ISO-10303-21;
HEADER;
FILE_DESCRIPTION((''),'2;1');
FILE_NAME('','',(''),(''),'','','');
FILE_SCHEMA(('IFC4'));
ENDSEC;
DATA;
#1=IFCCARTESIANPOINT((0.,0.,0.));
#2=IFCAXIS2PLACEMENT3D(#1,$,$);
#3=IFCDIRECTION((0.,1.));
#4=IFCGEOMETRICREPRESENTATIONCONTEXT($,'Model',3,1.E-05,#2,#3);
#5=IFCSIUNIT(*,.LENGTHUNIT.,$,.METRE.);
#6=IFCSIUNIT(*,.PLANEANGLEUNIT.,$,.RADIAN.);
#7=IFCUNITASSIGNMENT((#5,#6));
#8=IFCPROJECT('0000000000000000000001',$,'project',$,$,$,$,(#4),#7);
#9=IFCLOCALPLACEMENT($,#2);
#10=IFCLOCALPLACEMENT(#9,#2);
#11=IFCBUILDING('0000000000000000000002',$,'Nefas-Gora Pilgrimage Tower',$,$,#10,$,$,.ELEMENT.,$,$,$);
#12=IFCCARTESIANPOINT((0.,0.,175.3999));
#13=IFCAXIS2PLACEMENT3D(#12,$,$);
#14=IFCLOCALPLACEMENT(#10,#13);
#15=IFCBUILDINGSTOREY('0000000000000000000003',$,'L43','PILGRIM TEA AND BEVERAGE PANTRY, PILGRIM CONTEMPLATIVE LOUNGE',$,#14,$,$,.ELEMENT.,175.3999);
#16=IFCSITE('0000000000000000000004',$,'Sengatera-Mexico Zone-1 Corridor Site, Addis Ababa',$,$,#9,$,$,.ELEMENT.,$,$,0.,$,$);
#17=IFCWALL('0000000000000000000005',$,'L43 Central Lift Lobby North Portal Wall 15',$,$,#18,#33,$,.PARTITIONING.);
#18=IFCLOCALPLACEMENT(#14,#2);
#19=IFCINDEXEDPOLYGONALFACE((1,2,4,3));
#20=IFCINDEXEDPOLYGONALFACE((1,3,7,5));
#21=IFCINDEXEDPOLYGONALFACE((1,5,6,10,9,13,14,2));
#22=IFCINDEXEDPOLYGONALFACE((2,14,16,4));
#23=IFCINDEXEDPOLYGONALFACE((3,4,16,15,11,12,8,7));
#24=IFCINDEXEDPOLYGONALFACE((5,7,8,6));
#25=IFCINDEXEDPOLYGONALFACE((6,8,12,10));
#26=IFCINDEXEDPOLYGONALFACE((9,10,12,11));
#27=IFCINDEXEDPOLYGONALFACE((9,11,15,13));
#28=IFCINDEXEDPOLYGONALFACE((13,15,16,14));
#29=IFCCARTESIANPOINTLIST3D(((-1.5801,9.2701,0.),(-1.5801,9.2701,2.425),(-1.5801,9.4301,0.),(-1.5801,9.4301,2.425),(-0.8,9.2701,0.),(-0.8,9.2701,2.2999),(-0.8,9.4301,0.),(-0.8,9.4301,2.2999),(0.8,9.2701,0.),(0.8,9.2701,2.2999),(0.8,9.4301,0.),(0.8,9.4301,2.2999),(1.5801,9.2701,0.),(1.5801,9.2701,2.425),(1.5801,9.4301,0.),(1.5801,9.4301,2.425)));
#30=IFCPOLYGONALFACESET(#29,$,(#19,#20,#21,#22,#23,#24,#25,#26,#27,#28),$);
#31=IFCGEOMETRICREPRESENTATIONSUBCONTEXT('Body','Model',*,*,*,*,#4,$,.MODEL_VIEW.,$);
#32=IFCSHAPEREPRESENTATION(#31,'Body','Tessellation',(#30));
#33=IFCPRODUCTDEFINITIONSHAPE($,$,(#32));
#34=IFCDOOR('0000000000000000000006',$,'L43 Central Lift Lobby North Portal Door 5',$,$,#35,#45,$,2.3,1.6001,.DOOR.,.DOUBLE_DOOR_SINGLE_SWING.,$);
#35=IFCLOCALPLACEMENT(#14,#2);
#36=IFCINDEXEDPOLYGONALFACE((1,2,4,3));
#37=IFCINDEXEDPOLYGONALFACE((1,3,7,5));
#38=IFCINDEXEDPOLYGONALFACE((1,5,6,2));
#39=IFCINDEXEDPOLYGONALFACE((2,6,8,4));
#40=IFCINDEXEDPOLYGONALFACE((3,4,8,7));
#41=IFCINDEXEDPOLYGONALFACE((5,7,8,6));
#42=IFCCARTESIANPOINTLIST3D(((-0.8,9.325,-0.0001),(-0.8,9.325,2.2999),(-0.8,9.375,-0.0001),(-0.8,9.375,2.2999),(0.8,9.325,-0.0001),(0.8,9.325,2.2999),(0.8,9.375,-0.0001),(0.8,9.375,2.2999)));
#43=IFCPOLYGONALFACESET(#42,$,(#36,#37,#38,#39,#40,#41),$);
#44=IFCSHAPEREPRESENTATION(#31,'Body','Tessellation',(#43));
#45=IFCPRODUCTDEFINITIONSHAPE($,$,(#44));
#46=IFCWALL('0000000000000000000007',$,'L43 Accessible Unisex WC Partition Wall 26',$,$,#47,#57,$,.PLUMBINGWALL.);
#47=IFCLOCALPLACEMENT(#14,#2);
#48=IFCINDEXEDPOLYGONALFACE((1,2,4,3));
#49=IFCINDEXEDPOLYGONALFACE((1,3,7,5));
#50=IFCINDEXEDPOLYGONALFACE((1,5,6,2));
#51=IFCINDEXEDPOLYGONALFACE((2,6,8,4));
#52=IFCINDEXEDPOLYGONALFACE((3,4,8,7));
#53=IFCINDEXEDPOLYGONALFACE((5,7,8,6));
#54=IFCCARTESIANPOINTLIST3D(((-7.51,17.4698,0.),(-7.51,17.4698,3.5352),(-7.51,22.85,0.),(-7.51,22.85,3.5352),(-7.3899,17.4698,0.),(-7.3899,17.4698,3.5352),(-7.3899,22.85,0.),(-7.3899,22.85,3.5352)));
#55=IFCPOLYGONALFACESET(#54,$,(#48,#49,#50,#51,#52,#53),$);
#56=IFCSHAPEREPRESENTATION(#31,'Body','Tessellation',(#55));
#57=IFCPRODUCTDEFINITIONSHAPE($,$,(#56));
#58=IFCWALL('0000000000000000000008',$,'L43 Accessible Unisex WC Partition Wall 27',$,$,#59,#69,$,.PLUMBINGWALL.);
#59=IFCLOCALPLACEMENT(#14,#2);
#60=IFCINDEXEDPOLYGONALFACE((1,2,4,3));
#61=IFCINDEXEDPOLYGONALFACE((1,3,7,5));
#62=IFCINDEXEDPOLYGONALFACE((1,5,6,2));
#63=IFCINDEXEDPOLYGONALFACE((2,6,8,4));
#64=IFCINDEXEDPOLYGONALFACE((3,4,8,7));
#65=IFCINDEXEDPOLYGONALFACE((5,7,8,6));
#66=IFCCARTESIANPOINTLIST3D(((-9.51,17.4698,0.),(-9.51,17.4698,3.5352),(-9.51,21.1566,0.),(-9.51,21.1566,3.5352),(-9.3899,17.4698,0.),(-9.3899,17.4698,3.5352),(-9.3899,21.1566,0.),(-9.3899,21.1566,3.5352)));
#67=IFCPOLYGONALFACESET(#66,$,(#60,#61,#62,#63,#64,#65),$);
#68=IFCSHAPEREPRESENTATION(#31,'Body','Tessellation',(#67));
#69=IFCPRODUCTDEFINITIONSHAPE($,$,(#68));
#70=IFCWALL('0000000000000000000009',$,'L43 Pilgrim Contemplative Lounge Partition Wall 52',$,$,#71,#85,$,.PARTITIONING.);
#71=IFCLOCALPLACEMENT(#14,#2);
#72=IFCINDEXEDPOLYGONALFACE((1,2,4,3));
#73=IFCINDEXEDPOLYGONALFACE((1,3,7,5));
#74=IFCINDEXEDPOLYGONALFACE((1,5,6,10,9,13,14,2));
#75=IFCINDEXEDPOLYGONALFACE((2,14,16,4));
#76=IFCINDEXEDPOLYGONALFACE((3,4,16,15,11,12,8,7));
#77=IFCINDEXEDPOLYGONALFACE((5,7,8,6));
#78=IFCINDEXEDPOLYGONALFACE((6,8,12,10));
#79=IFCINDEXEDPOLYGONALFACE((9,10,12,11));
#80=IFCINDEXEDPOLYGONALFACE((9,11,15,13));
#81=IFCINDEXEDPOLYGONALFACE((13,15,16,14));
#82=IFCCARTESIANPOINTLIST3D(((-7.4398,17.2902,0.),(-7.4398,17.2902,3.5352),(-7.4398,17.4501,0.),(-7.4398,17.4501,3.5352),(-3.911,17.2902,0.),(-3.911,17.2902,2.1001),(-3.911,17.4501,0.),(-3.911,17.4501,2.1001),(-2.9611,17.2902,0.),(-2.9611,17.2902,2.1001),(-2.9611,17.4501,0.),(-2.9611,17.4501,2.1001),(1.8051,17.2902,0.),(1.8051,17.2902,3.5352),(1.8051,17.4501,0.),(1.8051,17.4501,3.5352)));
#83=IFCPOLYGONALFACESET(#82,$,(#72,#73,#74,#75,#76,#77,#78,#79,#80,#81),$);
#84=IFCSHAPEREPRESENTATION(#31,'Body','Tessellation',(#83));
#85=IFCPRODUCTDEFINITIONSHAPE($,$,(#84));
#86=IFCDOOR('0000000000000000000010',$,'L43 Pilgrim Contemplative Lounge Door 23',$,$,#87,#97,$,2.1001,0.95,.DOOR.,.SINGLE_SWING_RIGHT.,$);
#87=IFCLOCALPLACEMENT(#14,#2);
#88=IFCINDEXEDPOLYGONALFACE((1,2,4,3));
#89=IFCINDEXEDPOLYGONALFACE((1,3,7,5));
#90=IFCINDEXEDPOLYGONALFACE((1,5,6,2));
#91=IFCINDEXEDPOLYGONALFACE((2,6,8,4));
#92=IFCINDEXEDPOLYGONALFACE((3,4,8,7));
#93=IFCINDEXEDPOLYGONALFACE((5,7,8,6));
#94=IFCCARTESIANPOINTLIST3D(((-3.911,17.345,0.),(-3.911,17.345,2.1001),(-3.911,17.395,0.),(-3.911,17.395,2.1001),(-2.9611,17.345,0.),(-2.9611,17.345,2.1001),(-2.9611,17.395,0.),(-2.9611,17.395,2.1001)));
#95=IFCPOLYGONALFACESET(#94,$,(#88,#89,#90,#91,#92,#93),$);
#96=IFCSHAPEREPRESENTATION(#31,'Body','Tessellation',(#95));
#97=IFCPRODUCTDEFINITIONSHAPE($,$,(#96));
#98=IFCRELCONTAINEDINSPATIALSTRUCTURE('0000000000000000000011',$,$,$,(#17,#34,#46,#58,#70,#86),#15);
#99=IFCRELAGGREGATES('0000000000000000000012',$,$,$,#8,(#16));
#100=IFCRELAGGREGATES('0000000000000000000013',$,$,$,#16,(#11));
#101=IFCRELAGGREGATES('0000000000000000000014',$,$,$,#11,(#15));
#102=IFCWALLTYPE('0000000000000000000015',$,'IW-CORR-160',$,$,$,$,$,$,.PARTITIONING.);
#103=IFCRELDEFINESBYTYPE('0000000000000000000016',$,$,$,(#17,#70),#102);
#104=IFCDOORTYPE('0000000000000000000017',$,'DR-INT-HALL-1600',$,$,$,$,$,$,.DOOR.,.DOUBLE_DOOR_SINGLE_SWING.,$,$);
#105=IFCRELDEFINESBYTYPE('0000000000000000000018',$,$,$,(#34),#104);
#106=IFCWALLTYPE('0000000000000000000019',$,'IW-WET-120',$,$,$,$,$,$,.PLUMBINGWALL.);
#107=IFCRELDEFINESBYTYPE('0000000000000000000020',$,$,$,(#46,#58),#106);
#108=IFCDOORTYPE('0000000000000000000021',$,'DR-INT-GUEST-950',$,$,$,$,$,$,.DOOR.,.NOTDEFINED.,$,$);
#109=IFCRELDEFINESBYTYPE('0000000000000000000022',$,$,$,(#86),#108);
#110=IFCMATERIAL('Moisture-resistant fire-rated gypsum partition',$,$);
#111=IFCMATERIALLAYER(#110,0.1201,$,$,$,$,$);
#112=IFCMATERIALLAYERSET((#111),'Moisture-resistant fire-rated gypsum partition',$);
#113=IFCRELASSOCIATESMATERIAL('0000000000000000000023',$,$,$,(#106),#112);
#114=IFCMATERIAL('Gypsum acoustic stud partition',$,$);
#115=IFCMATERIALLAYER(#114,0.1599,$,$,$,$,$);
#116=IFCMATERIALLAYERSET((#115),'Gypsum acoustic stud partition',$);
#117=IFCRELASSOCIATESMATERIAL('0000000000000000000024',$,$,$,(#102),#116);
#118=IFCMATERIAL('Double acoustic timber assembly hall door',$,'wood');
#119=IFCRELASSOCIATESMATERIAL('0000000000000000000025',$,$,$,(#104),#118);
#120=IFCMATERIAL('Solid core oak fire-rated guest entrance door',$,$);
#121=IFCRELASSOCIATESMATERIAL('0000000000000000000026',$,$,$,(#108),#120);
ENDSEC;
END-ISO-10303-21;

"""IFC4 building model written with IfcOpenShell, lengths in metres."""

from ifc_helpers import new_model, si_unit, direction, frame, frame_2d, origin, place, context, subcontext, project, spatial, rectangle, extrude, source, transform, mapped, material, layer, layer_set, type_object, element, fill, save


model = new_model("IFC4")

# Units and contexts
model_context = context("Model", 3, precision=1e-05, world=origin(), true_north=direction((0.0, 1.0)))
body_context = subcontext(model_context, "Body", "Model", "MODEL_VIEW")
ifc_project = project(units=[si_unit("LENGTHUNIT", "METRE"), si_unit("PLANEANGLEUNIT", "RADIAN")], contexts=[model_context])

# Site, building, storey
site_placement = place(None, origin())
site = spatial("IfcSite", under=ifc_project, at=site_placement, Name="Sengatera-Mexico Zone-1 Corridor Site, Addis Ababa", CompositionType="ELEMENT", RefElevation=0.0)
building_placement = place(site_placement, origin())
building = spatial("IfcBuilding", under=site, at=building_placement, Name="Nefas-Gora Pilgrimage Tower", CompositionType="ELEMENT")
storey_placement = place(building_placement, frame((0.0, 0.0, 175.3999)))
storey = spatial("IfcBuildingStorey", under=building, at=storey_placement, Name="L43", Description="PILGRIM TEA AND BEVERAGE PANTRY, PILGRIM CONTEMPLATIVE LOUNGE", CompositionType="ELEMENT", Elevation=175.3999)

# Wall, opening, door
ifc_material_1 = material(Name="Moisture-resistant fire-rated gypsum partition")
ifc_layer_1 = layer(ifc_material_1, 0.1201)
ifc_layer_set_1 = layer_set([ifc_layer_1], Name="Moisture-resistant fire-rated gypsum partition")
wall_type_1 = type_object("IfcWallType", Name="IW-WET-120", PredefinedType="PLUMBINGWALL", material=ifc_layer_set_1)
ifc_material_2 = material(Name="Gypsum acoustic stud partition")
ifc_layer_2 = layer(ifc_material_2, 0.1599)
ifc_layer_set_2 = layer_set([ifc_layer_2], Name="Gypsum acoustic stud partition")
wall_type_2 = type_object("IfcWallType", Name="IW-CORR-160", PredefinedType="PARTITIONING", material=ifc_layer_set_2)
shared_shape_1 = source(origin(), body_context, "Body", "SweptSolid", [
    extrude(rectangle(XDim=3.1602, YDim=0.1599, at=frame_2d((1.5801, 0.0))), origin(), (0.0, 0.0, 1.0), 2.425),
])
wall_1_placement = place(storey_placement, frame((-1.5801, 9.3501, 0.0), z_axis=(0.0, 0.0, 1.0), x_axis=(1.0, 0.0, 0.0)))
wall_1 = element("IfcWall", 1, at=wall_1_placement, inside=storey, type_object=wall_type_2, Name="L43 Central Lift Lobby North Portal Wall 15", PredefinedType="PARTITIONING", context=body_context, shape_type="MappedRepresentation", body=[
    mapped(shared_shape_1, transform((0.0, 0.0, 0.0), x_axis=(1.0, 0.0, 0.0), y_axis=(0.0, 1.0, 0.0), z_axis=(0.0, 0.0, 1.0), scale=1.0)),
])
opening_1_placement = place(wall_1_placement, frame((0.78, 0.0, 0.0)))
opening_1 = element("IfcOpeningElement", 2, at=opening_1_placement, cuts=wall_1, PredefinedType="OPENING", context=body_context, shape_type="SweptSolid", body=[
    extrude(rectangle(XDim=1.6001, YDim=2.3, at=frame_2d((0.8, 1.1499))), frame((0.0, 0.0898, 0.0), z_axis=(0.0, -1.0, 0.0), x_axis=(1.0, 0.0, 0.0)), (0.0, 0.0, 1.0), 0.1799),
])
ifc_material_3 = material(Name="Double acoustic timber assembly hall door", Category="wood")
door_type_1 = type_object("IfcDoorType", Name="DR-INT-HALL-1600", OperationType="DOUBLE_DOOR_SINGLE_SWING", PredefinedType="DOOR", material=ifc_material_3)
shared_shape_2 = source(origin(), body_context, "Body", "SweptSolid", [
    extrude(rectangle(XDim=1.6001, YDim=2.3, at=frame_2d((0.8, 1.1499))), frame((0.0, 0.0249, 0.0), z_axis=(0.0, -1.0, 0.0), x_axis=(1.0, 0.0, 0.0)), (0.0, 0.0, 1.0), 0.05),
])
door_1_placement = place(opening_1_placement, origin())
door_1 = element("IfcDoor", 3, at=door_1_placement, inside=storey, type_object=door_type_1, Name="L43 Central Lift Lobby North Portal Door 5", OperationType="DOUBLE_DOOR_SINGLE_SWING", OverallHeight=2.3, OverallWidth=1.6001, PredefinedType="DOOR", context=body_context, shape_type="MappedRepresentation", body=[
    mapped(shared_shape_2, transform((0.0, 0.0, 0.0), x_axis=(1.0, 0.0, 0.0), y_axis=(0.0, 1.0, 0.0), z_axis=(0.0, 0.0, 1.0), scale=1.0)),
])
fill(opening_1, door_1)

# Walls
shared_shape_3 = source(origin(), body_context, "Body", "SweptSolid", [
    extrude(rectangle(XDim=5.3801, YDim=0.1201, at=frame_2d((2.6899, 0.0))), origin(), (0.0, 0.0, 1.0), 3.5352),
])
wall_2_placement = place(storey_placement, frame((-7.45, 17.47, 0.0), z_axis=(0.0, 0.0, 1.0), x_axis=(0.0, 1.0, 0.0)))
element("IfcWall", 4, at=wall_2_placement, inside=storey, type_object=wall_type_1, Name="L43 Accessible Unisex WC Partition Wall 26", PredefinedType="PLUMBINGWALL", context=body_context, shape_type="MappedRepresentation", body=[
    mapped(shared_shape_3, transform((0.0, 0.0, 0.0), x_axis=(1.0, 0.0, 0.0), y_axis=(0.0, 1.0, 0.0), z_axis=(0.0, 0.0, 1.0), scale=1.0)),
])
shared_shape_4 = source(origin(), body_context, "Body", "SweptSolid", [
    extrude(rectangle(XDim=3.6868, YDim=0.1201, at=frame_2d((1.8433, 0.0))), origin(), (0.0, 0.0, 1.0), 3.5352),
])
wall_3_placement = place(storey_placement, frame((-9.45, 17.47, 0.0), z_axis=(0.0, 0.0, 1.0), x_axis=(0.0, 1.0, 0.0)))
element("IfcWall", 5, at=wall_3_placement, inside=storey, type_object=wall_type_1, Name="L43 Accessible Unisex WC Partition Wall 27", PredefinedType="PLUMBINGWALL", context=body_context, shape_type="MappedRepresentation", body=[
    mapped(shared_shape_4, transform((0.0, 0.0, 0.0), x_axis=(1.0, 0.0, 0.0), y_axis=(0.0, 1.0, 0.0), z_axis=(0.0, 0.0, 1.0), scale=1.0)),
])

# Wall, opening, door
shared_shape_5 = source(origin(), body_context, "Body", "SweptSolid", [
    extrude(rectangle(XDim=9.2449, YDim=0.1599, at=frame_2d((4.6226, 0.0))), origin(), (0.0, 0.0, 1.0), 3.5352),
])
wall_4_placement = place(storey_placement, frame((-7.4399, 17.3701, 0.0), z_axis=(0.0, 0.0, 1.0), x_axis=(1.0, 0.0, 0.0)))
wall_4 = element("IfcWall", 6, at=wall_4_placement, inside=storey, type_object=wall_type_2, Name="L43 Pilgrim Contemplative Lounge Partition Wall 52", PredefinedType="PARTITIONING", context=body_context, shape_type="MappedRepresentation", body=[
    mapped(shared_shape_5, transform((0.0, 0.0, 0.0), x_axis=(1.0, 0.0, 0.0), y_axis=(0.0, 1.0, 0.0), z_axis=(0.0, 0.0, 1.0), scale=1.0)),
])
opening_2_placement = place(wall_4_placement, frame((3.5288, 0.0, 0.0)))
opening_2 = element("IfcOpeningElement", 7, at=opening_2_placement, cuts=wall_4, PredefinedType="OPENING", context=body_context, shape_type="SweptSolid", body=[
    extrude(rectangle(XDim=0.95, YDim=2.1001, at=frame_2d((0.4751, 1.05))), frame((0.0, 0.0898, 0.0), z_axis=(0.0, -1.0, 0.0), x_axis=(1.0, 0.0, 0.0)), (0.0, 0.0, 1.0), 0.1799),
])
ifc_material_4 = material(Name="Solid core oak fire-rated guest entrance door")
door_type_2 = type_object("IfcDoorType", Name="DR-INT-GUEST-950", OperationType="NOTDEFINED", PredefinedType="DOOR", material=ifc_material_4)
shared_shape_6 = source(origin(), body_context, "Body", "SweptSolid", [
    extrude(rectangle(XDim=0.95, YDim=2.1001, at=frame_2d((0.4751, 1.05))), frame((0.0, 0.0249, 0.0), z_axis=(0.0, -1.0, 0.0), x_axis=(1.0, 0.0, 0.0)), (0.0, 0.0, 1.0), 0.05),
])
door_2_placement = place(opening_2_placement, origin())
door_2 = element("IfcDoor", 8, at=door_2_placement, inside=storey, type_object=door_type_2, Name="L43 Pilgrim Contemplative Lounge Door 23", OperationType="SINGLE_SWING_RIGHT", OverallHeight=2.1001, OverallWidth=0.95, PredefinedType="DOOR", context=body_context, shape_type="MappedRepresentation", body=[
    mapped(shared_shape_6, transform((0.0, 0.0, 0.0), x_axis=(1.0, 0.0, 0.0), y_axis=(0.0, 1.0, 0.0), z_axis=(0.0, 0.0, 1.0), scale=1.0)),
])
fill(opening_2, door_2)

save(model, "model.ifc")
